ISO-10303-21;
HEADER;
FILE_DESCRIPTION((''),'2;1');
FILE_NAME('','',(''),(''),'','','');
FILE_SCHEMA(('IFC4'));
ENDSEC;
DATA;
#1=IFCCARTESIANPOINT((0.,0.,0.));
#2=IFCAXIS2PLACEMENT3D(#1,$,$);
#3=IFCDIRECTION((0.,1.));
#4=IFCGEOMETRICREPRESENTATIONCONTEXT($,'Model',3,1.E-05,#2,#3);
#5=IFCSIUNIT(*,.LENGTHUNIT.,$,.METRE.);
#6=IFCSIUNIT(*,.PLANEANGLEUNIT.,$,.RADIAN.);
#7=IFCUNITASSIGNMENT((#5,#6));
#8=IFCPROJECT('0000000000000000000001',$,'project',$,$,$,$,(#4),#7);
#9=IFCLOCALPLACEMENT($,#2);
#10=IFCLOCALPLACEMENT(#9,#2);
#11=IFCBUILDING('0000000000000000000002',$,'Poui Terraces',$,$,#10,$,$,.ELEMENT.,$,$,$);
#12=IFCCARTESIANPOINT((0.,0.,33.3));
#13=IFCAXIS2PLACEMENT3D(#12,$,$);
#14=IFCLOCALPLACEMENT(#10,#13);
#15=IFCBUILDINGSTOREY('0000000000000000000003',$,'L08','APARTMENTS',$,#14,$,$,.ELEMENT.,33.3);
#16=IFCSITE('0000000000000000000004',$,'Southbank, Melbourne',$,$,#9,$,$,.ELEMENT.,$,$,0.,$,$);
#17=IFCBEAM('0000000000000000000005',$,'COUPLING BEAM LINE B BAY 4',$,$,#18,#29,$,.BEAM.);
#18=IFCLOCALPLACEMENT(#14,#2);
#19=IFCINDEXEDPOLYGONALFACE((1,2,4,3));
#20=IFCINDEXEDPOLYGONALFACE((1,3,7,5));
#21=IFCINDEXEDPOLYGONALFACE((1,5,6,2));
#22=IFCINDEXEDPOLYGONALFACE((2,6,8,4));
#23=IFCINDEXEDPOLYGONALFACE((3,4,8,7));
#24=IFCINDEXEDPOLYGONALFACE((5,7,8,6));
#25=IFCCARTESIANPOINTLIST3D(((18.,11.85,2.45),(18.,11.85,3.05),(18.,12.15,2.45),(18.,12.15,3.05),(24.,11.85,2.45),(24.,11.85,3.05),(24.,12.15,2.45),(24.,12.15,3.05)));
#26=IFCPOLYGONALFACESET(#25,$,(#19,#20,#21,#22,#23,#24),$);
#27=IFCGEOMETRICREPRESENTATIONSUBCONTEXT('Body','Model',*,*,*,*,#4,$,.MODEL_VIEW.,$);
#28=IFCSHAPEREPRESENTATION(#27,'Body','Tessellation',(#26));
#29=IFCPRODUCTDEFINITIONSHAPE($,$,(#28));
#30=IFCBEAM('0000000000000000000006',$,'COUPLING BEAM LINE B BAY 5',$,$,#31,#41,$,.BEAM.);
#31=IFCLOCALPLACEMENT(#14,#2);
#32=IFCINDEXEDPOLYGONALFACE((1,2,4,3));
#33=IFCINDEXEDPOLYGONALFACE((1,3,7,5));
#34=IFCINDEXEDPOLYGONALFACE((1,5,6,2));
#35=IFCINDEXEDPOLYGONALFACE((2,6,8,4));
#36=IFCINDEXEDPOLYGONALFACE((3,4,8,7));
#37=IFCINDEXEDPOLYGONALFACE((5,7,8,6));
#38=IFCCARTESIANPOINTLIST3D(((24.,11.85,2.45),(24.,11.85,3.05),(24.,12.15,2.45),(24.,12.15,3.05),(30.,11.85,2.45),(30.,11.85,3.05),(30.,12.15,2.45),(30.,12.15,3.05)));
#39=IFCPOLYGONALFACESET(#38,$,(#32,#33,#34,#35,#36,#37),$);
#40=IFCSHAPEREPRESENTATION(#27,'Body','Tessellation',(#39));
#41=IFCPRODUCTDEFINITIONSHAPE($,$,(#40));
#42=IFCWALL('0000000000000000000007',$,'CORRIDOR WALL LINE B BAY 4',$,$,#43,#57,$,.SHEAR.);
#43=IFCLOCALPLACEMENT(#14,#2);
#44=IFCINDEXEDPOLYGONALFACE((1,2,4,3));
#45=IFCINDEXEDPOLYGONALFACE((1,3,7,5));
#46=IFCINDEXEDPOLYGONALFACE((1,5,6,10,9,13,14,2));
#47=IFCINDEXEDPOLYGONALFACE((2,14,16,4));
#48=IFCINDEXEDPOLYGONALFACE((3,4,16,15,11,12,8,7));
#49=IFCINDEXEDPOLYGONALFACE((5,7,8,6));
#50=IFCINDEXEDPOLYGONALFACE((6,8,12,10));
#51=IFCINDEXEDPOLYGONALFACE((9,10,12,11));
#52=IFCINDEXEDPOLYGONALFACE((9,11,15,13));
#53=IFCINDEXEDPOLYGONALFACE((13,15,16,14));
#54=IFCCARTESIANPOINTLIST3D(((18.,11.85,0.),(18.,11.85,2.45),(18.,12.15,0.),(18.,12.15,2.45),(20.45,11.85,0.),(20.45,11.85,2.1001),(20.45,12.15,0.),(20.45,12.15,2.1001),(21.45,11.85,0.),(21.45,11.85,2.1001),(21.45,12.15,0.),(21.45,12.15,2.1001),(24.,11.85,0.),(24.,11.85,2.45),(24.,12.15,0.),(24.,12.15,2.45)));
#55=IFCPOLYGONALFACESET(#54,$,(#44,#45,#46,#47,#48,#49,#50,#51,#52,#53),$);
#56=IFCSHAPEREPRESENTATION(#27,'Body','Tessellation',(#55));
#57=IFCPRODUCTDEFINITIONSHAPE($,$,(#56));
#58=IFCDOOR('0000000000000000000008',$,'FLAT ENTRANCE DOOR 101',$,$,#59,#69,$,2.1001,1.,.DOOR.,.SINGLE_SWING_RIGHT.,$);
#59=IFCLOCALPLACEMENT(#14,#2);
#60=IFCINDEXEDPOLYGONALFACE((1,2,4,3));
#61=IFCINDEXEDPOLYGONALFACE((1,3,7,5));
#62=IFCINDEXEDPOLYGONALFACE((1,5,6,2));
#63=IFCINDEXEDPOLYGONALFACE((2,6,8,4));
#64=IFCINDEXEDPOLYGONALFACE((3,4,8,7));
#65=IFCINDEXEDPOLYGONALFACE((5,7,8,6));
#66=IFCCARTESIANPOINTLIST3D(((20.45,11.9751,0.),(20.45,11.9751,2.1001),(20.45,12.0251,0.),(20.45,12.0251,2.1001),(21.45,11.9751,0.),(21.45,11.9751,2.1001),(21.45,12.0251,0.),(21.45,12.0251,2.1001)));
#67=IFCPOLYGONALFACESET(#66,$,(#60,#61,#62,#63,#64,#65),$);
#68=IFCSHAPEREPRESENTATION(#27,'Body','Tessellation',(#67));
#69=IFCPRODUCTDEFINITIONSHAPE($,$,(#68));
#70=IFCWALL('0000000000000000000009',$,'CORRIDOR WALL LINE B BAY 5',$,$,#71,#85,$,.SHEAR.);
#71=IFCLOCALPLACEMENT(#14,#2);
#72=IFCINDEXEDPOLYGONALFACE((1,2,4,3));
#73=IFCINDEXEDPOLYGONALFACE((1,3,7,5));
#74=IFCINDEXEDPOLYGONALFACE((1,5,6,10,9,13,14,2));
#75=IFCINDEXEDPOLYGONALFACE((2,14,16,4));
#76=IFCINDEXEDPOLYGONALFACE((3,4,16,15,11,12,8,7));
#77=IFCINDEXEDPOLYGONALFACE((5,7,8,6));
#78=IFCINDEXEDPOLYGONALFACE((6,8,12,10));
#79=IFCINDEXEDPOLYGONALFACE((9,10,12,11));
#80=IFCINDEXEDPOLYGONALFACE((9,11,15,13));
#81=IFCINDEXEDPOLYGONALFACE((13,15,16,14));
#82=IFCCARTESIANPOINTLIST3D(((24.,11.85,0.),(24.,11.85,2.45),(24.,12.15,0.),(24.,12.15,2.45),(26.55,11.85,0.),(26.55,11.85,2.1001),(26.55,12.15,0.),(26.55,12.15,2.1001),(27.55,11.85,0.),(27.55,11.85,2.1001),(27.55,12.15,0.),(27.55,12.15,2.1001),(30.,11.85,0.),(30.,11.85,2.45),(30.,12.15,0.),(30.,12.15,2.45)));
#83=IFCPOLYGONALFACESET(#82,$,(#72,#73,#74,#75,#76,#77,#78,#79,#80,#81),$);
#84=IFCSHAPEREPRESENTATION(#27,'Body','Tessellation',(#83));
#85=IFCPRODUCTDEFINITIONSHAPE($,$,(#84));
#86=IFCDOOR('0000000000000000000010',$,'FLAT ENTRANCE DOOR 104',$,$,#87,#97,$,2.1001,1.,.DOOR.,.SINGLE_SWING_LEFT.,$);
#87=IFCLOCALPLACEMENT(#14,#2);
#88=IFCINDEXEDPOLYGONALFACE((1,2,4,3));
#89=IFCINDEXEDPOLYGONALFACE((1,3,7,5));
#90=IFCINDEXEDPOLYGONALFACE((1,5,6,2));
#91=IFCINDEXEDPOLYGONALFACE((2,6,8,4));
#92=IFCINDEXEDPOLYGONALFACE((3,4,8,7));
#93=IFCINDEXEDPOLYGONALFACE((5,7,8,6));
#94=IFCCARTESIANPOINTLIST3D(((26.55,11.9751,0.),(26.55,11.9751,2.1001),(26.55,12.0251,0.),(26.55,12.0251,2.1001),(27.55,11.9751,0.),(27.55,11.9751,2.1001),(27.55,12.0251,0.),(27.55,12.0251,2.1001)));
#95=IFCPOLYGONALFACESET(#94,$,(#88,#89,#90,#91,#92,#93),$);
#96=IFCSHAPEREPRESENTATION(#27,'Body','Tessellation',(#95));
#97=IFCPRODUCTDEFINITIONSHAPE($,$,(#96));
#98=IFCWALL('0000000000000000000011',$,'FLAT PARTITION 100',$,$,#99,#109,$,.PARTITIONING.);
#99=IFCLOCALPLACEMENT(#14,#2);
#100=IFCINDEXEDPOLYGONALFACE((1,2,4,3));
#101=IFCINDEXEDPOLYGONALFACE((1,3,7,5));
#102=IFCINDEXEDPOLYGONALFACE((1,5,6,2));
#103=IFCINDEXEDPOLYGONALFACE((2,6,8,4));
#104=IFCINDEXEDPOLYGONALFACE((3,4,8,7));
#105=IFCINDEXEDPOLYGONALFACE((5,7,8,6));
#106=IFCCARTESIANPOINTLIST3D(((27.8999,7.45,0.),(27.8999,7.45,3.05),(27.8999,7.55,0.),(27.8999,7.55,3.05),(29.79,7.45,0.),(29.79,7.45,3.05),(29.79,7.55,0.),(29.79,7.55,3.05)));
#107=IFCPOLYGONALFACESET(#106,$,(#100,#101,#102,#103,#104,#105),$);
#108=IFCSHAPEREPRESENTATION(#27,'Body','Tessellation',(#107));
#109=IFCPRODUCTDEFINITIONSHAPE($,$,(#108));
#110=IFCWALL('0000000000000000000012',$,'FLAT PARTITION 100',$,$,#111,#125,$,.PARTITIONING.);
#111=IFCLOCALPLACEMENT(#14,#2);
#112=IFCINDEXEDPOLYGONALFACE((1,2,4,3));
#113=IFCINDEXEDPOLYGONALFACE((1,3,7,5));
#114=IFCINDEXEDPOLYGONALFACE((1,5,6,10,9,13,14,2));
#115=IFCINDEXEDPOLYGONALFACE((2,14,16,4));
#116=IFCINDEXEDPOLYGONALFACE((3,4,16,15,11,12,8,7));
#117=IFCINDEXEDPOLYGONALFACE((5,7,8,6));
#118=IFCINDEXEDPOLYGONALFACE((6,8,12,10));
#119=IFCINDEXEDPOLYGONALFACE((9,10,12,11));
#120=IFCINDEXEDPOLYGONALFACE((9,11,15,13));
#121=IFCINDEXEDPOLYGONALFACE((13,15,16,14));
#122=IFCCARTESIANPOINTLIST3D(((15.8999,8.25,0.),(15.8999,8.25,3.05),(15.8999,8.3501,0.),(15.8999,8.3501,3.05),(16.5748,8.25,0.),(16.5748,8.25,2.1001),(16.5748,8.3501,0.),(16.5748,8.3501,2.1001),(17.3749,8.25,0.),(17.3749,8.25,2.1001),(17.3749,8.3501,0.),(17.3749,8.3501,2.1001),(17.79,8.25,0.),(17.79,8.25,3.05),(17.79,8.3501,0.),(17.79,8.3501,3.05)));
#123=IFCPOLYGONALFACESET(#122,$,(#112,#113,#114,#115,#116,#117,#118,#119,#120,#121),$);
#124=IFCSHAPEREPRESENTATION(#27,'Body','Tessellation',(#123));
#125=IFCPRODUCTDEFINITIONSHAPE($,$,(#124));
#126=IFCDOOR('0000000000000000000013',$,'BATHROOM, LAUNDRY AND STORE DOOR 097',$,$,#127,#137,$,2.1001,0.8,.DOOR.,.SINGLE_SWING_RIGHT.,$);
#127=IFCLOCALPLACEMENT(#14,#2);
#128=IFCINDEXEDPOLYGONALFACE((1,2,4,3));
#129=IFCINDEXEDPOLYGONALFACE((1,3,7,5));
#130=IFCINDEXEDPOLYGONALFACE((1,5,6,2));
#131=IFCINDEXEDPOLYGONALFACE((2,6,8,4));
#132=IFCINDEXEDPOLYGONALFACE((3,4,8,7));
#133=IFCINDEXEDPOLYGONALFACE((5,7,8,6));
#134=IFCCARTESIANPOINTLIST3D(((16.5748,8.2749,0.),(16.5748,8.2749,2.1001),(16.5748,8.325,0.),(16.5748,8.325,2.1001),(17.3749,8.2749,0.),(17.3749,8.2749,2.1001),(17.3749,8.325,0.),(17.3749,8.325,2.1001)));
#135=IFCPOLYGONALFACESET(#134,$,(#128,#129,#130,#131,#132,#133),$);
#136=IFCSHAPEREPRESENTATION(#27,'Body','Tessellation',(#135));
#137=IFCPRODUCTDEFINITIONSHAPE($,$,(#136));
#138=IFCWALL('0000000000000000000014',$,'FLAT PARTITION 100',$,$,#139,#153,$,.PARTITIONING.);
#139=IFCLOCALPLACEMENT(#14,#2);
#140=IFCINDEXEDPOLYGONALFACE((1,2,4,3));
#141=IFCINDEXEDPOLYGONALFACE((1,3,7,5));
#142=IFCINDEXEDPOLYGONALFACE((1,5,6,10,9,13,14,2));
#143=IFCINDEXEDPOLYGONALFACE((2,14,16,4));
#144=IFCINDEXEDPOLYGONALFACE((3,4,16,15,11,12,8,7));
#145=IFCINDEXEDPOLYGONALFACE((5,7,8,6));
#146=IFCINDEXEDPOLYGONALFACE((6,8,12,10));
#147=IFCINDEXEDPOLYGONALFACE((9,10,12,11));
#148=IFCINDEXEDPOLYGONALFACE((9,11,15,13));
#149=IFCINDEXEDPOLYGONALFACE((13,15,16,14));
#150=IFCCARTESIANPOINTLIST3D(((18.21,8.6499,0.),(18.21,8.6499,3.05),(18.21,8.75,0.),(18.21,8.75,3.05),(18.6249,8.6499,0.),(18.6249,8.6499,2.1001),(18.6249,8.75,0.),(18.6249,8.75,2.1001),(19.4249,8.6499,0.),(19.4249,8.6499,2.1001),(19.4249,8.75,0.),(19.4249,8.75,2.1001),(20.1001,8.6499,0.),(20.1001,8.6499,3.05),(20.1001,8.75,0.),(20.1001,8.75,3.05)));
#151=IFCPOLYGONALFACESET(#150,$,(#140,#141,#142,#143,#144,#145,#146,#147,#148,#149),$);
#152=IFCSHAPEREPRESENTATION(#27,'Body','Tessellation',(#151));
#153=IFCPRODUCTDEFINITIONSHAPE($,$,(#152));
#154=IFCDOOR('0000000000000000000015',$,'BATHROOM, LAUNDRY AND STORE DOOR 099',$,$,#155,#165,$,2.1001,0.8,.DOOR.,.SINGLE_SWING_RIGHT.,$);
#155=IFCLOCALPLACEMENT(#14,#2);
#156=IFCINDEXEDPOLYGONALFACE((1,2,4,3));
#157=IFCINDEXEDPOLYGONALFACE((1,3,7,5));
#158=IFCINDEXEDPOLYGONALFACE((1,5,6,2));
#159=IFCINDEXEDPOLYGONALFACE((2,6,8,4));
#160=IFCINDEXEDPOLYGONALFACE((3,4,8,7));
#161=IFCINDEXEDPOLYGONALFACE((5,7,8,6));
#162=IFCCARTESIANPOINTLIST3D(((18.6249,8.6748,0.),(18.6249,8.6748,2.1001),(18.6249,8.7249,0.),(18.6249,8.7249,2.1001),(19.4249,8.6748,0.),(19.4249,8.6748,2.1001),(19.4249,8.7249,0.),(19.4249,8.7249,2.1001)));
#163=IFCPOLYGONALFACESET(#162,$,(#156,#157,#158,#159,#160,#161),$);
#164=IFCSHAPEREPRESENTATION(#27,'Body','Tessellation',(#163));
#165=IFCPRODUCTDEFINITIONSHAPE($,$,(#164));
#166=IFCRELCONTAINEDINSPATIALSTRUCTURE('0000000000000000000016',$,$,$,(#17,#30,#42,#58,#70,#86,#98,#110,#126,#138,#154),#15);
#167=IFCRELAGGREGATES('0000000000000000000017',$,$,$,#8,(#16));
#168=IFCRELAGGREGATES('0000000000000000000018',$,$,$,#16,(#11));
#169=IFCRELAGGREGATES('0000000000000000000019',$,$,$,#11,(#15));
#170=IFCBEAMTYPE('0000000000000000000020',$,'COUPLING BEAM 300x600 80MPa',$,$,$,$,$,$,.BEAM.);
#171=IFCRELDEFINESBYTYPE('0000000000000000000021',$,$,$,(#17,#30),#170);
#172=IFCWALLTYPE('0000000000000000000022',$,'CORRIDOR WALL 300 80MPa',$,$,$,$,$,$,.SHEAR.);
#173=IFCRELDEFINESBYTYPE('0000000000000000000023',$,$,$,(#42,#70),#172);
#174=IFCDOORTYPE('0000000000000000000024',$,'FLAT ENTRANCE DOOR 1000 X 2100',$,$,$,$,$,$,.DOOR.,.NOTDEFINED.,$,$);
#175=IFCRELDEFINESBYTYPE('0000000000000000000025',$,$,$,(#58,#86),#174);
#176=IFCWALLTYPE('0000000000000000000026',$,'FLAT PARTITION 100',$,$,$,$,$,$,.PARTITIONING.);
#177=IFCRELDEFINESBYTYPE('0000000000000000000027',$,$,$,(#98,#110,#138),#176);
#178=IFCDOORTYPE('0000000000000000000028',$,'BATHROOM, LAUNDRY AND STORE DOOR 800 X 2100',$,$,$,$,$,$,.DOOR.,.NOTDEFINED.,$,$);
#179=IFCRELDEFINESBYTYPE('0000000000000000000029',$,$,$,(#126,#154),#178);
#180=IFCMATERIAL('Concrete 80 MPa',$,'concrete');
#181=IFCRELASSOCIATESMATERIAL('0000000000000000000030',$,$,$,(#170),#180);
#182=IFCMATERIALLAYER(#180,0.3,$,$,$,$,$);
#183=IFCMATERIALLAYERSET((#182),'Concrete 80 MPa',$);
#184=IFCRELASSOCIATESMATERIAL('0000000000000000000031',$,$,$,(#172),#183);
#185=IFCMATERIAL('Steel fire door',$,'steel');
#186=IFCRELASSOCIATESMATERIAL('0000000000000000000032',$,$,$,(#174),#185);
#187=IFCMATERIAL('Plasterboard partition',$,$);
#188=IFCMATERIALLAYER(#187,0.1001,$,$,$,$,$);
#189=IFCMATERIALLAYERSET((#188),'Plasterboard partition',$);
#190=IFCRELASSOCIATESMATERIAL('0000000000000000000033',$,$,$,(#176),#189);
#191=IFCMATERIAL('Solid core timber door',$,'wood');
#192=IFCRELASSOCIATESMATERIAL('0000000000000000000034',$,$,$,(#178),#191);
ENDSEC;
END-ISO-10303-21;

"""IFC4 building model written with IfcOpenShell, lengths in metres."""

from ifc_helpers import new_model, si_unit, direction, frame, frame_2d, origin, origin_2d, place, context, subcontext, project, spatial, rectangle, extrude, source, transform, mapped, material, layer, layer_set, material_profile, profile_set, type_object, element, fill, save


model = new_model("IFC4")

# Units and contexts
model_context = context("Model", 3, precision=1e-05, world=origin(), true_north=direction((0.0, 1.0)))
body_context = subcontext(model_context, "Body", "Model", "MODEL_VIEW")
ifc_project = project(units=[si_unit("LENGTHUNIT", "METRE"), si_unit("PLANEANGLEUNIT", "RADIAN")], contexts=[model_context])

# Site, building, storey
site_placement = place(None, origin())
site = spatial("IfcSite", under=ifc_project, at=site_placement, Name="Southbank, Melbourne", CompositionType="ELEMENT", RefElevation=0.0)
building_placement = place(site_placement, origin())
building = spatial("IfcBuilding", under=site, at=building_placement, Name="Poui Terraces", CompositionType="ELEMENT")
storey_placement = place(building_placement, frame((0.0, 0.0, 33.3)))
storey = spatial("IfcBuildingStorey", under=building, at=storey_placement, Name="L08", Description="APARTMENTS", CompositionType="ELEMENT", Elevation=33.3)

# Beams
ifc_material_1 = material(Name="Concrete 80 MPa", Category="concrete")
ifc_material_profile = material_profile(ifc_material_1, rectangle(XDim=0.3, YDim=0.6001, at=origin_2d()), Name="RC 300x600")
ifc_profile_set = profile_set([ifc_material_profile], Name="Concrete 80 MPa")
beam_type = type_object("IfcBeamType", Name="COUPLING BEAM 300x600 80MPa", PredefinedType="BEAM", material=ifc_profile_set)
shared_shape = source(origin(), body_context, "Body", "SweptSolid", [
    extrude(rectangle(XDim=0.3, YDim=0.6001, at=origin_2d()), origin(), (0.0, 0.0, 1.0), 6.0),
])
for number, where, z_axis, x_axis, name in (
    (1, (18.0, 12.0, 2.75), (1.0, 0.0, 0.0), (0.0, 1.0, 0.0), "COUPLING BEAM LINE B BAY 4"),
    (2, (24.0, 12.0, 2.75), (1.0, 0.0, 0.0), (0.0, 1.0, 0.0), "COUPLING BEAM LINE B BAY 5"),
):
    element("IfcBeam", number, at=place(storey_placement, frame(where, z_axis=z_axis, x_axis=x_axis)), inside=storey, type_object=beam_type, Name=name, PredefinedType="BEAM", context=body_context, shape_type="MappedRepresentation", body=[
        mapped(shared_shape, transform((0.0, 0.0, 0.0))),
    ])

# Walls, openings, doors
ifc_layer_1 = layer(ifc_material_1, 0.3)
ifc_layer_set_1 = layer_set([ifc_layer_1], Name="Concrete 80 MPa")
wall_type_1 = type_object("IfcWallType", Name="CORRIDOR WALL 300 80MPa", PredefinedType="SHEAR", material=ifc_layer_set_1)
wall_1_placement = place(storey_placement, frame((18.0, 12.0, 0.0), z_axis=(0.0, 0.0, 1.0), x_axis=(1.0, 0.0, 0.0)))
wall_1 = element("IfcWall", 3, at=wall_1_placement, inside=storey, type_object=wall_type_1, Name="CORRIDOR WALL LINE B BAY 4", PredefinedType="SHEAR", context=body_context, shape_type="SweptSolid", body=[
    extrude(rectangle(XDim=6.0, YDim=0.3, at=frame_2d((3.0, 0.0))), origin(), (0.0, 0.0, 1.0), 2.45),
])
opening_1_placement = place(wall_1_placement, frame((2.45, 0.0, 0.0)))
opening_1 = element("IfcOpeningElement", 4, at=opening_1_placement, cuts=wall_1, PredefinedType="OPENING", context=body_context, shape_type="SweptSolid", body=[
    extrude(rectangle(XDim=1.0, YDim=2.1001, at=frame_2d((0.5, 1.05))), frame((0.0, 0.1602, 0.0), z_axis=(0.0, -1.0, 0.0), x_axis=(1.0, 0.0, 0.0)), (0.0, 0.0, 1.0), 0.3201),
])
ifc_material_2 = material(Name="Steel fire door", Category="steel")
door_type_1 = type_object("IfcDoorType", Name="FLAT ENTRANCE DOOR 1000 X 2100", OperationType="NOTDEFINED", PredefinedType="DOOR", material=ifc_material_2)
door_1_placement = place(opening_1_placement, frame((1.0, 0.0, 0.0), z_axis=(0.0, 0.0, 1.0), x_axis=(-1.0, 0.0, 0.0)))
door_1 = element("IfcDoor", 5, at=door_1_placement, inside=storey, type_object=door_type_1, Name="FLAT ENTRANCE DOOR 101", OperationType="SINGLE_SWING_RIGHT", OverallHeight=2.1001, OverallWidth=1.0, PredefinedType="DOOR", context=body_context, shape_type="SweptSolid", body=[
    extrude(rectangle(XDim=1.0, YDim=2.1001, at=frame_2d((0.5, 1.05))), frame((0.0, 0.0249, 0.0), z_axis=(0.0, -1.0, 0.0), x_axis=(1.0, 0.0, 0.0)), (0.0, 0.0, 1.0), 0.05),
])
fill(opening_1, door_1)
wall_2_placement = place(storey_placement, frame((24.0, 12.0, 0.0), z_axis=(0.0, 0.0, 1.0), x_axis=(1.0, 0.0, 0.0)))
wall_2 = element("IfcWall", 6, at=wall_2_placement, inside=storey, type_object=wall_type_1, Name="CORRIDOR WALL LINE B BAY 5", PredefinedType="SHEAR", context=body_context, shape_type="SweptSolid", body=[
    extrude(rectangle(XDim=6.0, YDim=0.3, at=frame_2d((3.0, 0.0))), origin(), (0.0, 0.0, 1.0), 2.45),
])
opening_2_placement = place(wall_2_placement, frame((2.55, 0.0, 0.0)))
opening_2 = element("IfcOpeningElement", 7, at=opening_2_placement, cuts=wall_2, PredefinedType="OPENING", context=body_context, shape_type="SweptSolid", body=[
    extrude(rectangle(XDim=1.0, YDim=2.1001, at=frame_2d((0.5, 1.05))), frame((0.0, 0.1602, 0.0), z_axis=(0.0, -1.0, 0.0), x_axis=(1.0, 0.0, 0.0)), (0.0, 0.0, 1.0), 0.3201),
])
door_2_placement = place(opening_2_placement, frame((1.0, 0.0, 0.0), z_axis=(0.0, 0.0, 1.0), x_axis=(-1.0, 0.0, 0.0)))
door_2 = element("IfcDoor", 8, at=door_2_placement, inside=storey, type_object=door_type_1, Name="FLAT ENTRANCE DOOR 104", OperationType="SINGLE_SWING_LEFT", OverallHeight=2.1001, OverallWidth=1.0, PredefinedType="DOOR", context=body_context, shape_type="SweptSolid", body=[
    extrude(rectangle(XDim=1.0, YDim=2.1001, at=frame_2d((0.5, 1.05))), frame((0.0, 0.0249, 0.0), z_axis=(0.0, -1.0, 0.0), x_axis=(1.0, 0.0, 0.0)), (0.0, 0.0, 1.0), 0.05),
])
fill(opening_2, door_2)

# Wall
ifc_material_3 = material(Name="Plasterboard partition")
ifc_layer_2 = layer(ifc_material_3, 0.1001)
ifc_layer_set_2 = layer_set([ifc_layer_2], Name="Plasterboard partition")
wall_type_2 = type_object("IfcWallType", Name="FLAT PARTITION 100", PredefinedType="PARTITIONING", material=ifc_layer_set_2)
wall_3_placement = place(storey_placement, frame((27.8999, 7.5, 0.0), z_axis=(0.0, 0.0, 1.0), x_axis=(1.0, 0.0, 0.0)))
element("IfcWall", 9, at=wall_3_placement, inside=storey, type_object=wall_type_2, Name="FLAT PARTITION 100", PredefinedType="PARTITIONING", context=body_context, shape_type="SweptSolid", body=[
    extrude(rectangle(XDim=1.8901, YDim=0.1001, at=frame_2d((0.9451, 0.0))), origin(), (0.0, 0.0, 1.0), 3.05),
])

# Walls, openings, doors
wall_4_placement = place(storey_placement, frame((15.8999, 8.3, 0.0), z_axis=(0.0, 0.0, 1.0), x_axis=(1.0, 0.0, 0.0)))
wall_4 = element("IfcWall", 10, at=wall_4_placement, inside=storey, type_object=wall_type_2, Name="FLAT PARTITION 100", PredefinedType="PARTITIONING", context=body_context, shape_type="SweptSolid", body=[
    extrude(rectangle(XDim=1.8901, YDim=0.1001, at=frame_2d((0.9451, 0.0))), origin(), (0.0, 0.0, 1.0), 3.05),
])
opening_3_placement = place(wall_4_placement, frame((0.675, 0.0, 0.0)))
opening_3 = element("IfcOpeningElement", 11, at=opening_3_placement, cuts=wall_4, PredefinedType="OPENING", context=body_context, shape_type="SweptSolid", body=[
    extrude(rectangle(XDim=0.8, YDim=2.1001, at=frame_2d((0.3999, 1.05))), frame((0.0, 0.0601, 0.0), z_axis=(0.0, -1.0, 0.0), x_axis=(1.0, 0.0, 0.0)), (0.0, 0.0, 1.0), 0.1201),
])
ifc_material_4 = material(Name="Solid core timber door", Category="wood")
door_type_2 = type_object("IfcDoorType", Name="BATHROOM, LAUNDRY AND STORE DOOR 800 X 2100", OperationType="NOTDEFINED", PredefinedType="DOOR", material=ifc_material_4)
door_3_placement = place(opening_3_placement, origin())
door_3 = element("IfcDoor", 12, at=door_3_placement, inside=storey, type_object=door_type_2, Name="BATHROOM, LAUNDRY AND STORE DOOR 097", OperationType="SINGLE_SWING_RIGHT", OverallHeight=2.1001, OverallWidth=0.8, PredefinedType="DOOR", context=body_context, shape_type="SweptSolid", body=[
    extrude(rectangle(XDim=0.8, YDim=2.1001, at=frame_2d((0.3999, 1.05))), frame((0.0, 0.0249, 0.0), z_axis=(0.0, -1.0, 0.0), x_axis=(1.0, 0.0, 0.0)), (0.0, 0.0, 1.0), 0.05),
])
fill(opening_3, door_3)
wall_5_placement = place(storey_placement, frame((18.21, 8.7, 0.0), z_axis=(0.0, 0.0, 1.0), x_axis=(1.0, 0.0, 0.0)))
wall_5 = element("IfcWall", 13, at=wall_5_placement, inside=storey, type_object=wall_type_2, Name="FLAT PARTITION 100", PredefinedType="PARTITIONING", context=body_context, shape_type="SweptSolid", body=[
    extrude(rectangle(XDim=1.8901, YDim=0.1001, at=frame_2d((0.9451, 0.0))), origin(), (0.0, 0.0, 1.0), 3.05),
])
opening_4_placement = place(wall_5_placement, frame((0.415, 0.0, 0.0)))
opening_4 = element("IfcOpeningElement", 14, at=opening_4_placement, cuts=wall_5, PredefinedType="OPENING", context=body_context, shape_type="SweptSolid", body=[
    extrude(rectangle(XDim=0.8, YDim=2.1001, at=frame_2d((0.3999, 1.05))), frame((0.0, 0.0601, 0.0), z_axis=(0.0, -1.0, 0.0), x_axis=(1.0, 0.0, 0.0)), (0.0, 0.0, 1.0), 0.1201),
])
door_4_placement = place(opening_4_placement, origin())
door_4 = element("IfcDoor", 15, at=door_4_placement, inside=storey, type_object=door_type_2, Name="BATHROOM, LAUNDRY AND STORE DOOR 099", OperationType="SINGLE_SWING_RIGHT", OverallHeight=2.1001, OverallWidth=0.8, PredefinedType="DOOR", context=body_context, shape_type="SweptSolid", body=[
    extrude(rectangle(XDim=0.8, YDim=2.1001, at=frame_2d((0.3999, 1.05))), frame((0.0, 0.0249, 0.0), z_axis=(0.0, -1.0, 0.0), x_axis=(1.0, 0.0, 0.0)), (0.0, 0.0, 1.0), 0.05),
])
fill(opening_4, door_4)

save(model, "model.ifc")
